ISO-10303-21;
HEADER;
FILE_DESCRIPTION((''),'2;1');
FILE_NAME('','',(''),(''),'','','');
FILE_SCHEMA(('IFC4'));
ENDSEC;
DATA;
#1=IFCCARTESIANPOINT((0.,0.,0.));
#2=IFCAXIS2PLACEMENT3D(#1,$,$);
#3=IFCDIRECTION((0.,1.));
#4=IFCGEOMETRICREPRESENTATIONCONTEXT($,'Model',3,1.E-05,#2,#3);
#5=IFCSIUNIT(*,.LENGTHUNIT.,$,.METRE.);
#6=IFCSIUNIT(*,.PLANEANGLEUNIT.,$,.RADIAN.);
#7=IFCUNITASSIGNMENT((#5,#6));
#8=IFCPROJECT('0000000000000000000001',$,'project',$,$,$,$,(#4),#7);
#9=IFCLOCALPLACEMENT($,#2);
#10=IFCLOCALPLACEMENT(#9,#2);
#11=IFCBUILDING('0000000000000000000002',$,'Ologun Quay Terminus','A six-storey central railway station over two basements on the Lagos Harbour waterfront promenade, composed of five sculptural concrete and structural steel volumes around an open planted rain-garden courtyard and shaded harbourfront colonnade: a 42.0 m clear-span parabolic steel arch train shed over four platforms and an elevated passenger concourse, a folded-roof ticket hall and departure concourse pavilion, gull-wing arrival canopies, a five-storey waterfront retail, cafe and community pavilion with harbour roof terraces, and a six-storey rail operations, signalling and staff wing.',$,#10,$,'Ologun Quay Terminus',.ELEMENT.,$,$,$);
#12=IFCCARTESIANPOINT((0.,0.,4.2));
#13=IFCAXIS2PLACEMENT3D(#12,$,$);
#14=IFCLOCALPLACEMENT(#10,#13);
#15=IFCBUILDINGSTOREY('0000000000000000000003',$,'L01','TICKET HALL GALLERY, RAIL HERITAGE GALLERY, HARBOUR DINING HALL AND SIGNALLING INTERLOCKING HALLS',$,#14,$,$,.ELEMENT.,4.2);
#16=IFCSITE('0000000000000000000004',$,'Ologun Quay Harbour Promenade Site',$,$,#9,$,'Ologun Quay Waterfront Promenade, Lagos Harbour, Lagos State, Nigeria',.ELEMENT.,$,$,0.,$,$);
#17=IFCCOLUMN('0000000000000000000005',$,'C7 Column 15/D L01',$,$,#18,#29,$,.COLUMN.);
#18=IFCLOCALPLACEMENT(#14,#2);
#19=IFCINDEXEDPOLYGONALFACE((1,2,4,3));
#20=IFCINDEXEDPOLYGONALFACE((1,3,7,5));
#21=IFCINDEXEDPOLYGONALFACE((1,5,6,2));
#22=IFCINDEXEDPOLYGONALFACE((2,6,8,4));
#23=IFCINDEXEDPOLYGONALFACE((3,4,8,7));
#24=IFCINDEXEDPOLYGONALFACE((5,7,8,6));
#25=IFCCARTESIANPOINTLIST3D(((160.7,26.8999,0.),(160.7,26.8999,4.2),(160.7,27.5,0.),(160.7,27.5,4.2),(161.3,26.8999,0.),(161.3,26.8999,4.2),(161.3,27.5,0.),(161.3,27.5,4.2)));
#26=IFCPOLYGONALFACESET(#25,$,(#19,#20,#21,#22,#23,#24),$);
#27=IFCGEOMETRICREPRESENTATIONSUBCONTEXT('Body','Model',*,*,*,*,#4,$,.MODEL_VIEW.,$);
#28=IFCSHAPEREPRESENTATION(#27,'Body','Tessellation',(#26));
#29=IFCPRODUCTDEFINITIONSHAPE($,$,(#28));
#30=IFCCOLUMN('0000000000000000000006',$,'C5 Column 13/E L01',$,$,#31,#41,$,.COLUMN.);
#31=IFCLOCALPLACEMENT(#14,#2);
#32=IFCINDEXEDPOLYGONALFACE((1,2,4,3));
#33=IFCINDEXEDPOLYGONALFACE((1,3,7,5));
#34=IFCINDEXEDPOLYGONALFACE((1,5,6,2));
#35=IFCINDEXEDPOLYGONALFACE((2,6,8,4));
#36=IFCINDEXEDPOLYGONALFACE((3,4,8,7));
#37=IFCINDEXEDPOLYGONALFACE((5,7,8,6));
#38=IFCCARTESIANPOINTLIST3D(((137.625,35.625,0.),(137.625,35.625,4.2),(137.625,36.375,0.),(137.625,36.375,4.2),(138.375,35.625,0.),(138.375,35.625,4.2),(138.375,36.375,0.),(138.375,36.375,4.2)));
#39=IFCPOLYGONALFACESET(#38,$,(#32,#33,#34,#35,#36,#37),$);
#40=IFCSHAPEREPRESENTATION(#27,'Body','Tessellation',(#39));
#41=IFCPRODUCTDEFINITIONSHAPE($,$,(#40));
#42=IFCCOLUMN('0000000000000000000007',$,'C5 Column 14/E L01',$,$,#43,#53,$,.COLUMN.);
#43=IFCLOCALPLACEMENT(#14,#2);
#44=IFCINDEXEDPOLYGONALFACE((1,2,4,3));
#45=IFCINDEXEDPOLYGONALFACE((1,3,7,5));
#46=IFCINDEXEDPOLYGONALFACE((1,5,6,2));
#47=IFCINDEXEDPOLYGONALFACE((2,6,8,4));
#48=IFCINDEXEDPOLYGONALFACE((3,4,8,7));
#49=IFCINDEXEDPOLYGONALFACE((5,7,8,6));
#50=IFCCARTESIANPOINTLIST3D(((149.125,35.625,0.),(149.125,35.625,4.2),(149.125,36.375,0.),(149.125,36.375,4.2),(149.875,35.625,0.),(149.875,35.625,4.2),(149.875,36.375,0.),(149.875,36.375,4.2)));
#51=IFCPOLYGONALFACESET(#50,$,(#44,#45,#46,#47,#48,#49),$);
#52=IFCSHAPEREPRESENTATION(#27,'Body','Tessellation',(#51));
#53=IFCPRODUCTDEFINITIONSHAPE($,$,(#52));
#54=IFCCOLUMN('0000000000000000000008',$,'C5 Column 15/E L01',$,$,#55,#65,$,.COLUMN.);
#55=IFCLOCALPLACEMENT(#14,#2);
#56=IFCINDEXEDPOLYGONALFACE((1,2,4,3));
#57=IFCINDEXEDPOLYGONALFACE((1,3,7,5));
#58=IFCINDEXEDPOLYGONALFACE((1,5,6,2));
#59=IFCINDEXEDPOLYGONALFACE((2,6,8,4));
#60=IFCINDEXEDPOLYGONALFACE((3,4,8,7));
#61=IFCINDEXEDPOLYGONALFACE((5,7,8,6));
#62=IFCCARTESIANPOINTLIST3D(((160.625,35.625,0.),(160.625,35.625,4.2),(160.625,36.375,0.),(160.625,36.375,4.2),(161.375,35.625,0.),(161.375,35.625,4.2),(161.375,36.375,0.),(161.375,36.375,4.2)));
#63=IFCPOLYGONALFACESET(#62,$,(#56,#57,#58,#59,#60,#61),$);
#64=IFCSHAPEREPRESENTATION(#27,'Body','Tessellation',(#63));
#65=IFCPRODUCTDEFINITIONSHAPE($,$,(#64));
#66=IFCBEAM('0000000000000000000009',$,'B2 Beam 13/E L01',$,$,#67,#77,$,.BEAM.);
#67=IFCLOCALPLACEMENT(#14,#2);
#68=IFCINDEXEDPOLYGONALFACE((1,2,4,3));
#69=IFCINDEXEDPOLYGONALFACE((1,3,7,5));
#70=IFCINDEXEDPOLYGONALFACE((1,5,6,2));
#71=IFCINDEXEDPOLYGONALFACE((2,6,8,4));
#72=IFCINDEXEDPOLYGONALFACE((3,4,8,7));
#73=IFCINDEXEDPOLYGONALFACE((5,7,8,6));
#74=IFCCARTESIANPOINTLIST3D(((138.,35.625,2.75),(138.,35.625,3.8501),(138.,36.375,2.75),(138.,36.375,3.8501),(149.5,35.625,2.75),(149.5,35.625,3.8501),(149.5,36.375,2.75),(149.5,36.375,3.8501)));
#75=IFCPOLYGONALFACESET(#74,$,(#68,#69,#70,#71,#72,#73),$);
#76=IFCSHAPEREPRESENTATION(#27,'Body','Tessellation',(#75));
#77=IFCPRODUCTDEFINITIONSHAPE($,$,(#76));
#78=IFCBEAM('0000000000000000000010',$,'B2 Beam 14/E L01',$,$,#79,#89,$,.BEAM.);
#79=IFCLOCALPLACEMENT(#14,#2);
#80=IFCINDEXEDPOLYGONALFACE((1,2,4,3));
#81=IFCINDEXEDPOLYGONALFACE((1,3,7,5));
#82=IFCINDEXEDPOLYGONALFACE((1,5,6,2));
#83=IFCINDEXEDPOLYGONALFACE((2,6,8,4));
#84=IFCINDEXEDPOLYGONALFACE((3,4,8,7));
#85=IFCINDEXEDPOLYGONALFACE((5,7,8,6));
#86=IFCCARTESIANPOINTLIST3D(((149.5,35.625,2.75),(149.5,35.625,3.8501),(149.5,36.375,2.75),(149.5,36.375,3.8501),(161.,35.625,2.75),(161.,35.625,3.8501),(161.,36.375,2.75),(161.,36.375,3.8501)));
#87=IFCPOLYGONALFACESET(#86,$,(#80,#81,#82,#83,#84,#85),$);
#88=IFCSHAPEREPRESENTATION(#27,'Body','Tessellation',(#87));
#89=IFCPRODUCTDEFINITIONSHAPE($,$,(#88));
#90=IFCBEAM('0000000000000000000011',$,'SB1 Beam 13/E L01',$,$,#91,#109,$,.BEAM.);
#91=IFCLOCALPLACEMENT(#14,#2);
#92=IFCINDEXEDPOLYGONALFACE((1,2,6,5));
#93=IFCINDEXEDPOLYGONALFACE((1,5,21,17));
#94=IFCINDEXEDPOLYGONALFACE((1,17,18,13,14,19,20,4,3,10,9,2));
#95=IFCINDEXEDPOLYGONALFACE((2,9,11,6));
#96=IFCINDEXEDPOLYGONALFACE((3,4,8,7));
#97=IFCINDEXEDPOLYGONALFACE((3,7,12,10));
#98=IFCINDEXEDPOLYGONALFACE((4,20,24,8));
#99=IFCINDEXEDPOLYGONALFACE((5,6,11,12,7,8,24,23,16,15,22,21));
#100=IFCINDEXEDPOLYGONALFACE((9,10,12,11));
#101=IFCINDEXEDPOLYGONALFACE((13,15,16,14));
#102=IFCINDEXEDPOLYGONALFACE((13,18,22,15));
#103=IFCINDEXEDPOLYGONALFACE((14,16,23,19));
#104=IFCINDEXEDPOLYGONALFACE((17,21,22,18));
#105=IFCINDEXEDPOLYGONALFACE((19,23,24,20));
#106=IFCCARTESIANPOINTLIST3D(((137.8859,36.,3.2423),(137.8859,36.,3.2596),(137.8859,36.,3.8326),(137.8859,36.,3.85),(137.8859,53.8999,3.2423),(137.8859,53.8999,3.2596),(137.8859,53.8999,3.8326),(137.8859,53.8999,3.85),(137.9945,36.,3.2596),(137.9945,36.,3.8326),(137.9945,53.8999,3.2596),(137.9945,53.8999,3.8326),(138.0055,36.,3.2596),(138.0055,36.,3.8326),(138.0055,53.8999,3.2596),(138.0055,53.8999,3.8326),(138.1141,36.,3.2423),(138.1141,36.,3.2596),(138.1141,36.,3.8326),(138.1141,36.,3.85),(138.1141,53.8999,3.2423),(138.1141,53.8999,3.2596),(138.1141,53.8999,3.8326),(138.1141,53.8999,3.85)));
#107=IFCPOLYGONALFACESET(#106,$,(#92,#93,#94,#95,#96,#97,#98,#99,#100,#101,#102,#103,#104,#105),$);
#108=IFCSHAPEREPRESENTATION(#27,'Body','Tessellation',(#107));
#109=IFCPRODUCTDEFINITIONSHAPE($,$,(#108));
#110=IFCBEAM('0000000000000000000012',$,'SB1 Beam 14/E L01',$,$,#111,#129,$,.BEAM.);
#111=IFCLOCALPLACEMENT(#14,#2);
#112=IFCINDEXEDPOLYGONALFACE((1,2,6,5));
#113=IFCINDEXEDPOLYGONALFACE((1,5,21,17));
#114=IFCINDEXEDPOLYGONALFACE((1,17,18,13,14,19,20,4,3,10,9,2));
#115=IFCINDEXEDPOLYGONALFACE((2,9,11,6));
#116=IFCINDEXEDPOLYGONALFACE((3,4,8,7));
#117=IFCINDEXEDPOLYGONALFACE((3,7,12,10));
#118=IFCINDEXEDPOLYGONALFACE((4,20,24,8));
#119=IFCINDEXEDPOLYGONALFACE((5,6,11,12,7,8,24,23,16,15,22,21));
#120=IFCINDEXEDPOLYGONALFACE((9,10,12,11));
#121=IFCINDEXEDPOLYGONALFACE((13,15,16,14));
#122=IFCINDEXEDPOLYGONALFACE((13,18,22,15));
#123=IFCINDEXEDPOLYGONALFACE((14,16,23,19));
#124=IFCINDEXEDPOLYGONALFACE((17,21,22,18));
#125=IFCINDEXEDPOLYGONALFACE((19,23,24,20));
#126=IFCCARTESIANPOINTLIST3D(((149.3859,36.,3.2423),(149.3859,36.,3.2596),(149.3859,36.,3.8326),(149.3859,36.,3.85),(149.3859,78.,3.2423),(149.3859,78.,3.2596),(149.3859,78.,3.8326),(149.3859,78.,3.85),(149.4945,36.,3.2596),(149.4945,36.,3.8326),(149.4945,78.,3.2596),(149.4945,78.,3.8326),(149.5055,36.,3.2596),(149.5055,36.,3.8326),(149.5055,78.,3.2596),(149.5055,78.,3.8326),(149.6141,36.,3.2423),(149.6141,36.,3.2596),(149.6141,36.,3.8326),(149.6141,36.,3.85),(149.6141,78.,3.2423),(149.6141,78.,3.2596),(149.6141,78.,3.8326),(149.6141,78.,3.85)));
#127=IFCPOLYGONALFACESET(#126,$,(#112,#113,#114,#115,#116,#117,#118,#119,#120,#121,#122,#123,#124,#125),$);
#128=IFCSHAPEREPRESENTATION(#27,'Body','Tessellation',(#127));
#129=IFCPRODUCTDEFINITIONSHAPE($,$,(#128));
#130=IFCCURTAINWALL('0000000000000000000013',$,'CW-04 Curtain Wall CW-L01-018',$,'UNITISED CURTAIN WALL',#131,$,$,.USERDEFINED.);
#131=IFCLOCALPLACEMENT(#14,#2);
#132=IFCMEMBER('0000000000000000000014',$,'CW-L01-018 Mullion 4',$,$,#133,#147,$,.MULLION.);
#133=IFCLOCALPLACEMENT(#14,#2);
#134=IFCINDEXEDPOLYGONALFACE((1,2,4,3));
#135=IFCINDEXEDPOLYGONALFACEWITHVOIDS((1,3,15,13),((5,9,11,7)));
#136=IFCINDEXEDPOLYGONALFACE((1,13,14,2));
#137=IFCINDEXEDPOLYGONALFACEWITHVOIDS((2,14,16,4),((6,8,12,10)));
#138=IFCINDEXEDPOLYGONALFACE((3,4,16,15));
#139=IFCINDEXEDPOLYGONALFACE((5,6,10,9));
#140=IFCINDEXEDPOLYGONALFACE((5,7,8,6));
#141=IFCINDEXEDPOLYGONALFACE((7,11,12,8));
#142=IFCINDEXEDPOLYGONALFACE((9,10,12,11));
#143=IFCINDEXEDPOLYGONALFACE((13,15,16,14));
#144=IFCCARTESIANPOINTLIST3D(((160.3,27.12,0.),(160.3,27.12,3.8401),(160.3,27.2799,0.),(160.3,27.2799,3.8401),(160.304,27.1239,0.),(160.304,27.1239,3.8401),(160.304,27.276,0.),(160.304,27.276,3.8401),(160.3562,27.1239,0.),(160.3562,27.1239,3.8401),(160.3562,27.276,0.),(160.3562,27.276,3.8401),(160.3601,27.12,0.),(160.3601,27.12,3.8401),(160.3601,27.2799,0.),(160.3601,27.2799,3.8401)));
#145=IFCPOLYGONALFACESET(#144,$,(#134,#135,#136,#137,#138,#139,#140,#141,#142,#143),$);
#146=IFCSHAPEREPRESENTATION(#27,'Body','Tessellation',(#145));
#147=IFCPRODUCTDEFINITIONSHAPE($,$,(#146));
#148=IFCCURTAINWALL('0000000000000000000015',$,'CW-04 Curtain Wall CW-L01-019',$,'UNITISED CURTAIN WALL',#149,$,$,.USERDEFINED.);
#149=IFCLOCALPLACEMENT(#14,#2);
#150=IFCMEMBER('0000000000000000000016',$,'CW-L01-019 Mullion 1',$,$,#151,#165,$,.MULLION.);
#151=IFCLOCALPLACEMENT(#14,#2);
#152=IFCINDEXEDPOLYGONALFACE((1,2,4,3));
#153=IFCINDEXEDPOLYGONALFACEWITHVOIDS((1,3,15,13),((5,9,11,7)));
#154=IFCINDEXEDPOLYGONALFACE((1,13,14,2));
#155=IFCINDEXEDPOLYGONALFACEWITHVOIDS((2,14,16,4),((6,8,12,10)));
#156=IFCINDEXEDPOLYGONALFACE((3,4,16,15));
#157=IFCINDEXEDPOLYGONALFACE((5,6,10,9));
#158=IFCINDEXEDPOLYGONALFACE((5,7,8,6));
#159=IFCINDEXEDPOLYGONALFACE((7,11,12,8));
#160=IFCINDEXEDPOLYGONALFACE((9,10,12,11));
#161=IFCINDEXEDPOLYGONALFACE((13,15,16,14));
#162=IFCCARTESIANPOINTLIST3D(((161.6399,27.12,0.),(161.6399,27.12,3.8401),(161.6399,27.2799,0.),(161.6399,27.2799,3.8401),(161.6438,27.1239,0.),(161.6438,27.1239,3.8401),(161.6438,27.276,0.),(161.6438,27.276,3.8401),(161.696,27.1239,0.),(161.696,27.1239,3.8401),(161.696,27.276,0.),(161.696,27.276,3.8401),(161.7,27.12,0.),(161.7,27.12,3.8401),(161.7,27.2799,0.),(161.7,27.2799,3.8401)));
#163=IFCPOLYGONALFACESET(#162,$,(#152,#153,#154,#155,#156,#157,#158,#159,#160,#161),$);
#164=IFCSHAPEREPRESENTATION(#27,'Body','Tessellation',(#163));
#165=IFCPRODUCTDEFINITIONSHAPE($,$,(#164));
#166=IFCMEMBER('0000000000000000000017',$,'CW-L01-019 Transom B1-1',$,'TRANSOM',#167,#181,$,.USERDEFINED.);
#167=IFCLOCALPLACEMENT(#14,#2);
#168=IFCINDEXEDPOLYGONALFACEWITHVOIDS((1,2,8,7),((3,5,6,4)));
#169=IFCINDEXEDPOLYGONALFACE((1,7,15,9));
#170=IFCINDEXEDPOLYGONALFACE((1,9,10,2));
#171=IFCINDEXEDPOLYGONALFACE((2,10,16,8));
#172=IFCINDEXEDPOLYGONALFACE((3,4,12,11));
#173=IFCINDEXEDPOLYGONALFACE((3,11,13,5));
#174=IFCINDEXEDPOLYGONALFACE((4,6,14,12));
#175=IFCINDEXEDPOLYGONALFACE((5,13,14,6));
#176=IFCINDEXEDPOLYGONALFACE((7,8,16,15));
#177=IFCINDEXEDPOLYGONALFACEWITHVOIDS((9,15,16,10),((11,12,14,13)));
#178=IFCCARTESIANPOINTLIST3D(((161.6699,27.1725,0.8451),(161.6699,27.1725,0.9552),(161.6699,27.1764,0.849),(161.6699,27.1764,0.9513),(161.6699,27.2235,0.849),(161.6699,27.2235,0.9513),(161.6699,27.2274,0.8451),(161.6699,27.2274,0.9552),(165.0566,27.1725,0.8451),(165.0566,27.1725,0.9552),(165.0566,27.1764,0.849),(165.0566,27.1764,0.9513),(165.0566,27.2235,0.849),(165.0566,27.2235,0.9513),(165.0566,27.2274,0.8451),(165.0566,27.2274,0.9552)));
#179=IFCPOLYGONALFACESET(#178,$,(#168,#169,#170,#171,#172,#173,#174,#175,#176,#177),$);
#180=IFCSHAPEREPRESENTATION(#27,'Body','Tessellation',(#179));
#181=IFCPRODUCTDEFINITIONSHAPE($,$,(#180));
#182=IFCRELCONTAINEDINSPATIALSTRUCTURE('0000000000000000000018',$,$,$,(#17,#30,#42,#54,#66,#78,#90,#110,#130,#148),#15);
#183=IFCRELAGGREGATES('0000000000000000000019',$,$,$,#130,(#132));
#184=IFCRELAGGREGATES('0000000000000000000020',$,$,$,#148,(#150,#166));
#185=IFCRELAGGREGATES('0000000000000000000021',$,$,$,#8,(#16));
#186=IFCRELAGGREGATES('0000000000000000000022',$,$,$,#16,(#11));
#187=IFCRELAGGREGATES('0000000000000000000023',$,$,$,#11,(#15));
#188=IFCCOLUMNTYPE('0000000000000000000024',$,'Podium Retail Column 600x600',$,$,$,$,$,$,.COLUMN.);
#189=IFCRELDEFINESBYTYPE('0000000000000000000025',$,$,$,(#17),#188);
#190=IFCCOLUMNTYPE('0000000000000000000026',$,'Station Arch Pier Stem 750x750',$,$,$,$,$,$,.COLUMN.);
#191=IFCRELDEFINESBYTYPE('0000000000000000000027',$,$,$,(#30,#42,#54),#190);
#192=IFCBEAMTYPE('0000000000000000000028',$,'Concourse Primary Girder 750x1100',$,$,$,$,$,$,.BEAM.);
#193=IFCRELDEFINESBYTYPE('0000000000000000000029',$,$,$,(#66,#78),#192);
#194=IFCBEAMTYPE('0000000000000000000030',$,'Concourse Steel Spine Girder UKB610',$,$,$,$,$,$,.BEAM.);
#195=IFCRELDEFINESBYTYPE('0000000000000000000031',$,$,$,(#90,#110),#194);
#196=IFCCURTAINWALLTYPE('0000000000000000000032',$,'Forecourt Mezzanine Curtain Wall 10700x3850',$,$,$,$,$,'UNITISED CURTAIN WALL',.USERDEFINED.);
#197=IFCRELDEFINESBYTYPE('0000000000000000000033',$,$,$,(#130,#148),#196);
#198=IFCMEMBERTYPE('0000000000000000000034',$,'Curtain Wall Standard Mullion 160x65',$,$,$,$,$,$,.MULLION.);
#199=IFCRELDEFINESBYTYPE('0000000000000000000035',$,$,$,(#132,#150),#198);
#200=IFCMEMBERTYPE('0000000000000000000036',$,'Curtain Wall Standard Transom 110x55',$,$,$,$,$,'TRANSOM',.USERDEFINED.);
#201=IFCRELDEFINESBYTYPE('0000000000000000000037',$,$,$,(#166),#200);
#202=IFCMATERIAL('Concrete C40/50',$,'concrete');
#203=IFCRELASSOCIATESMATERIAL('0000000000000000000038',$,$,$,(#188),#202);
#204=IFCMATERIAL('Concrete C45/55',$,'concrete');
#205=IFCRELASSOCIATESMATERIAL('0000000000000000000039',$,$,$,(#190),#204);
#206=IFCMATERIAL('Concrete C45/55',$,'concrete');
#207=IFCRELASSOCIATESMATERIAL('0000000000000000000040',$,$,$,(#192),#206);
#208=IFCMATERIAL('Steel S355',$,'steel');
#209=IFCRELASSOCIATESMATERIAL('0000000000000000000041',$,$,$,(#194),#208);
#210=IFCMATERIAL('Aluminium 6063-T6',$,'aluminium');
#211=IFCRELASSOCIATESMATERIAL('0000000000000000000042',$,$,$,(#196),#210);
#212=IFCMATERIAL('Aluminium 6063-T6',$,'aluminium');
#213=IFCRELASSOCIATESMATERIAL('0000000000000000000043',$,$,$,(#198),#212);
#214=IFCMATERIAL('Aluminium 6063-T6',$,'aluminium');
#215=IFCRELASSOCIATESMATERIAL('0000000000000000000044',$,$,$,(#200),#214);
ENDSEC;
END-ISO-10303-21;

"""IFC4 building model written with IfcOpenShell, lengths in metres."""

from ifc_helpers import new_model, si_unit, direction, frame, origin, origin_2d, place, context, subcontext, project, spatial, rectangle, hollow_rectangle, i_section, extrude, material, material_profile, profile_set, type_object, element, aggregate, save


model = new_model("IFC4")

# Units and contexts
model_context = context("Model", 3, precision=1e-05, world=origin(), true_north=direction((0.0, 1.0)))
body_context = subcontext(model_context, "Body", "Model", "MODEL_VIEW")
ifc_project = project(units=[si_unit("LENGTHUNIT", "METRE"), si_unit("PLANEANGLEUNIT", "RADIAN")], contexts=[model_context])

# Site, building, storey
site_placement = place(None, origin())
site = spatial("IfcSite", under=ifc_project, at=site_placement, Name="Ologun Quay Harbour Promenade Site", LongName="Ologun Quay Waterfront Promenade, Lagos Harbour, Lagos State, Nigeria", CompositionType="ELEMENT", RefElevation=0.0)
building_placement = place(site_placement, origin())
building = spatial("IfcBuilding", under=site, at=building_placement, Name="Ologun Quay Terminus", Description="A six-storey central railway station over two basements on the Lagos Harbour waterfront promenade, composed of five sculptural concrete and structural steel volumes around an open planted rain-garden courtyard and shaded harbourfront colonnade: a 42.0 m clear-span parabolic steel arch train shed over four platforms and an elevated passenger concourse, a folded-roof ticket hall and departure concourse pavilion, gull-wing arrival canopies, a five-storey waterfront retail, cafe and community pavilion with harbour roof terraces, and a six-storey rail operations, signalling and staff wing.", LongName="Ologun Quay Terminus", CompositionType="ELEMENT")
storey_placement = place(building_placement, frame((0.0, 0.0, 4.2)))
storey = spatial("IfcBuildingStorey", under=building, at=storey_placement, Name="L01", Description="TICKET HALL GALLERY, RAIL HERITAGE GALLERY, HARBOUR DINING HALL AND SIGNALLING INTERLOCKING HALLS", CompositionType="ELEMENT", Elevation=4.2)

# Columns
ifc_material_1 = material(Name="Concrete C40/50", Category="concrete")
ifc_material_profile_1 = material_profile(ifc_material_1, rectangle(XDim=0.6001, YDim=0.6001, at=origin_2d()), Name="RC 600x600")
ifc_profile_set_1 = profile_set([ifc_material_profile_1], Name="Concrete C40/50")
column_type_1 = type_object("IfcColumnType", Name="Podium Retail Column 600x600", PredefinedType="COLUMN", material=ifc_profile_set_1)
column_placement = place(storey_placement, frame((161.0, 27.2, 0.0), z_axis=(0.0, 0.0, 1.0), x_axis=(1.0, 0.0, 0.0)))
element("IfcColumn", 1, at=column_placement, inside=storey, type_object=column_type_1, Name="C7 Column 15/D L01", PredefinedType="COLUMN", context=body_context, shape_type="SweptSolid", body=[
    extrude(rectangle(XDim=0.6001, YDim=0.6001, at=origin_2d()), origin(), (0.0, 0.0, 1.0), 4.2),
])
ifc_material_2 = material(Name="Concrete C45/55", Category="concrete")
ifc_material_profile_2 = material_profile(ifc_material_2, rectangle(XDim=0.75, YDim=0.75, at=origin_2d()), Name="RC 750x750")
ifc_profile_set_2 = profile_set([ifc_material_profile_2], Name="Concrete C45/55")
column_type_2 = type_object("IfcColumnType", Name="Station Arch Pier Stem 750x750", PredefinedType="COLUMN", material=ifc_profile_set_2)
for number, where, z_axis, x_axis, name in (
    (2, (138.0, 36.0, 0.0), (0.0, 0.0, 1.0), (1.0, 0.0, 0.0), "C5 Column 13/E L01"),
    (3, (149.5, 36.0, 0.0), (0.0, 0.0, 1.0), (1.0, 0.0, 0.0), "C5 Column 14/E L01"),
    (4, (161.0, 36.0, 0.0), (0.0, 0.0, 1.0), (1.0, 0.0, 0.0), "C5 Column 15/E L01"),
):
    element("IfcColumn", number, at=place(storey_placement, frame(where, z_axis=z_axis, x_axis=x_axis)), inside=storey, type_object=column_type_2, Name=name, PredefinedType="COLUMN", context=body_context, shape_type="SweptSolid", body=[
        extrude(rectangle(XDim=0.75, YDim=0.75, at=origin_2d()), origin(), (0.0, 0.0, 1.0), 4.2),
    ])

# Beams
ifc_material_3 = material(Name="Concrete C45/55", Category="concrete")
ifc_material_profile_3 = material_profile(ifc_material_3, rectangle(XDim=0.75, YDim=1.1001, at=origin_2d()), Name="RC 750x1100")
ifc_profile_set_3 = profile_set([ifc_material_profile_3], Name="Concrete C45/55")
beam_type_1 = type_object("IfcBeamType", Name="Concourse Primary Girder 750x1100", PredefinedType="BEAM", material=ifc_profile_set_3)
for number, where, z_axis, x_axis, name in (
    (5, (138.0, 36.0, 3.3), (1.0, 0.0, 0.0), (0.0, 1.0, 0.0), "B2 Beam 13/E L01"),
    (6, (149.5, 36.0, 3.3), (1.0, 0.0, 0.0), (0.0, 1.0, 0.0), "B2 Beam 14/E L01"),
):
    element("IfcBeam", number, at=place(storey_placement, frame(where, z_axis=z_axis, x_axis=x_axis)), inside=storey, type_object=beam_type_1, Name=name, PredefinedType="BEAM", context=body_context, shape_type="SweptSolid", body=[
        extrude(rectangle(XDim=0.75, YDim=1.1001, at=origin_2d()), origin(), (0.0, 0.0, 1.0), 11.5),
    ])
ifc_material_4 = material(Name="Steel S355", Category="steel")
ifc_material_profile_4 = material_profile(ifc_material_4, i_section(OverallWidth=0.2283, OverallDepth=0.6077, WebThickness=0.011, FlangeThickness=0.0173, at=origin_2d()), Name="UKB 610x229x113")
ifc_profile_set_4 = profile_set([ifc_material_profile_4], Name="Steel S355")
beam_type_2 = type_object("IfcBeamType", Name="Concourse Steel Spine Girder UKB610", PredefinedType="BEAM", material=ifc_profile_set_4)
beam_1_placement = place(storey_placement, frame((138.0, 36.0, 3.5461), z_axis=(0.0, 1.0, 0.0), x_axis=(-1.0, 0.0, 0.0)))
element("IfcBeam", 7, at=beam_1_placement, inside=storey, type_object=beam_type_2, Name="SB1 Beam 13/E L01", PredefinedType="BEAM", context=body_context, shape_type="SweptSolid", body=[
    extrude(i_section(OverallWidth=0.2283, OverallDepth=0.6077, WebThickness=0.011, FlangeThickness=0.0173, at=origin_2d()), origin(), (0.0, 0.0, 1.0), 17.8999),
])
beam_2_placement = place(storey_placement, frame((149.5, 36.0, 3.5461), z_axis=(0.0, 1.0, 0.0), x_axis=(-1.0, 0.0, 0.0)))
element("IfcBeam", 8, at=beam_2_placement, inside=storey, type_object=beam_type_2, Name="SB1 Beam 14/E L01", PredefinedType="BEAM", context=body_context, shape_type="SweptSolid", body=[
    extrude(i_section(OverallWidth=0.2283, OverallDepth=0.6077, WebThickness=0.011, FlangeThickness=0.0173, at=origin_2d()), origin(), (0.0, 0.0, 1.0), 42.0),
])

# Curtain wall, member
ifc_material_5 = material(Name="Aluminium 6063-T6", Category="aluminium")
curtain_wall_type = type_object("IfcCurtainWallType", Name="Forecourt Mezzanine Curtain Wall 10700x3850", ElementType="UNITISED CURTAIN WALL", PredefinedType="USERDEFINED", material=ifc_material_5)
curtain_wall_1_placement = place(storey_placement, origin())
curtain_wall_1 = element("IfcCurtainWall", 9, at=curtain_wall_1_placement, inside=storey, type_object=curtain_wall_type, Name="CW-04 Curtain Wall CW-L01-018", ObjectType="UNITISED CURTAIN WALL", PredefinedType="USERDEFINED")
ifc_material_6 = material(Name="Aluminium 6063-T6", Category="aluminium")
ifc_material_profile_5 = material_profile(ifc_material_6, hollow_rectangle(XDim=0.0601, YDim=0.1599, WallThickness=0.0039, at=origin_2d()), Name="ALU 160x60x4")
ifc_profile_set_5 = profile_set([ifc_material_profile_5], Name="Aluminium 6063-T6")
member_type_1 = type_object("IfcMemberType", Name="Curtain Wall Standard Mullion 160x65", PredefinedType="MULLION", material=ifc_profile_set_5)
member_1_placement = place(storey_placement, frame((160.3301, 27.2, 0.0), z_axis=(0.0, 0.0, 1.0), x_axis=(1.0, 0.0, 0.0)))
member_1 = element("IfcMember", 10, at=member_1_placement, type_object=member_type_1, Name="CW-L01-018 Mullion 4", PredefinedType="MULLION", context=body_context, shape_type="SweptSolid", body=[
    extrude(hollow_rectangle(XDim=0.0601, YDim=0.1599, WallThickness=0.0039, at=origin_2d()), origin(), (0.0, 0.0, 1.0), 3.8401),
])

# Curtain wall, members
curtain_wall_2_placement = place(storey_placement, origin())
curtain_wall_2 = element("IfcCurtainWall", 11, at=curtain_wall_2_placement, inside=storey, type_object=curtain_wall_type, Name="CW-04 Curtain Wall CW-L01-019", ObjectType="UNITISED CURTAIN WALL", PredefinedType="USERDEFINED")
member_2_placement = place(storey_placement, frame((161.6699, 27.2, 0.0), z_axis=(0.0, 0.0, 1.0), x_axis=(1.0, 0.0, 0.0)))
member_2 = element("IfcMember", 12, at=member_2_placement, type_object=member_type_1, Name="CW-L01-019 Mullion 1", PredefinedType="MULLION", context=body_context, shape_type="SweptSolid", body=[
    extrude(hollow_rectangle(XDim=0.0601, YDim=0.1599, WallThickness=0.0039, at=origin_2d()), origin(), (0.0, 0.0, 1.0), 3.8401),
])
ifc_material_7 = material(Name="Aluminium 6063-T6", Category="aluminium")
ifc_material_profile_6 = material_profile(ifc_material_7, hollow_rectangle(XDim=0.0549, YDim=0.1101, WallThickness=0.0039, at=origin_2d()), Name="ALU 110x55x4")
ifc_profile_set_6 = profile_set([ifc_material_profile_6], Name="Aluminium 6063-T6")
member_type_2 = type_object("IfcMemberType", Name="Curtain Wall Standard Transom 110x55", ElementType="TRANSOM", PredefinedType="USERDEFINED", material=ifc_profile_set_6)
member_3_placement = place(storey_placement, frame((161.6699, 27.2, 0.9001), z_axis=(1.0, 0.0, 0.0), x_axis=(0.0, 1.0, 0.0)))
member_3 = element("IfcMember", 13, at=member_3_placement, type_object=member_type_2, Name="CW-L01-019 Transom B1-1", ObjectType="TRANSOM", PredefinedType="USERDEFINED", context=body_context, shape_type="SweptSolid", body=[
    extrude(hollow_rectangle(XDim=0.0549, YDim=0.1101, WallThickness=0.0039, at=origin_2d()), origin(), (0.0, 0.0, 1.0), 3.3867),
])

aggregate(curtain_wall_1, [member_1])
aggregate(curtain_wall_2, [member_2, member_3])

save(model, "model.ifc")
